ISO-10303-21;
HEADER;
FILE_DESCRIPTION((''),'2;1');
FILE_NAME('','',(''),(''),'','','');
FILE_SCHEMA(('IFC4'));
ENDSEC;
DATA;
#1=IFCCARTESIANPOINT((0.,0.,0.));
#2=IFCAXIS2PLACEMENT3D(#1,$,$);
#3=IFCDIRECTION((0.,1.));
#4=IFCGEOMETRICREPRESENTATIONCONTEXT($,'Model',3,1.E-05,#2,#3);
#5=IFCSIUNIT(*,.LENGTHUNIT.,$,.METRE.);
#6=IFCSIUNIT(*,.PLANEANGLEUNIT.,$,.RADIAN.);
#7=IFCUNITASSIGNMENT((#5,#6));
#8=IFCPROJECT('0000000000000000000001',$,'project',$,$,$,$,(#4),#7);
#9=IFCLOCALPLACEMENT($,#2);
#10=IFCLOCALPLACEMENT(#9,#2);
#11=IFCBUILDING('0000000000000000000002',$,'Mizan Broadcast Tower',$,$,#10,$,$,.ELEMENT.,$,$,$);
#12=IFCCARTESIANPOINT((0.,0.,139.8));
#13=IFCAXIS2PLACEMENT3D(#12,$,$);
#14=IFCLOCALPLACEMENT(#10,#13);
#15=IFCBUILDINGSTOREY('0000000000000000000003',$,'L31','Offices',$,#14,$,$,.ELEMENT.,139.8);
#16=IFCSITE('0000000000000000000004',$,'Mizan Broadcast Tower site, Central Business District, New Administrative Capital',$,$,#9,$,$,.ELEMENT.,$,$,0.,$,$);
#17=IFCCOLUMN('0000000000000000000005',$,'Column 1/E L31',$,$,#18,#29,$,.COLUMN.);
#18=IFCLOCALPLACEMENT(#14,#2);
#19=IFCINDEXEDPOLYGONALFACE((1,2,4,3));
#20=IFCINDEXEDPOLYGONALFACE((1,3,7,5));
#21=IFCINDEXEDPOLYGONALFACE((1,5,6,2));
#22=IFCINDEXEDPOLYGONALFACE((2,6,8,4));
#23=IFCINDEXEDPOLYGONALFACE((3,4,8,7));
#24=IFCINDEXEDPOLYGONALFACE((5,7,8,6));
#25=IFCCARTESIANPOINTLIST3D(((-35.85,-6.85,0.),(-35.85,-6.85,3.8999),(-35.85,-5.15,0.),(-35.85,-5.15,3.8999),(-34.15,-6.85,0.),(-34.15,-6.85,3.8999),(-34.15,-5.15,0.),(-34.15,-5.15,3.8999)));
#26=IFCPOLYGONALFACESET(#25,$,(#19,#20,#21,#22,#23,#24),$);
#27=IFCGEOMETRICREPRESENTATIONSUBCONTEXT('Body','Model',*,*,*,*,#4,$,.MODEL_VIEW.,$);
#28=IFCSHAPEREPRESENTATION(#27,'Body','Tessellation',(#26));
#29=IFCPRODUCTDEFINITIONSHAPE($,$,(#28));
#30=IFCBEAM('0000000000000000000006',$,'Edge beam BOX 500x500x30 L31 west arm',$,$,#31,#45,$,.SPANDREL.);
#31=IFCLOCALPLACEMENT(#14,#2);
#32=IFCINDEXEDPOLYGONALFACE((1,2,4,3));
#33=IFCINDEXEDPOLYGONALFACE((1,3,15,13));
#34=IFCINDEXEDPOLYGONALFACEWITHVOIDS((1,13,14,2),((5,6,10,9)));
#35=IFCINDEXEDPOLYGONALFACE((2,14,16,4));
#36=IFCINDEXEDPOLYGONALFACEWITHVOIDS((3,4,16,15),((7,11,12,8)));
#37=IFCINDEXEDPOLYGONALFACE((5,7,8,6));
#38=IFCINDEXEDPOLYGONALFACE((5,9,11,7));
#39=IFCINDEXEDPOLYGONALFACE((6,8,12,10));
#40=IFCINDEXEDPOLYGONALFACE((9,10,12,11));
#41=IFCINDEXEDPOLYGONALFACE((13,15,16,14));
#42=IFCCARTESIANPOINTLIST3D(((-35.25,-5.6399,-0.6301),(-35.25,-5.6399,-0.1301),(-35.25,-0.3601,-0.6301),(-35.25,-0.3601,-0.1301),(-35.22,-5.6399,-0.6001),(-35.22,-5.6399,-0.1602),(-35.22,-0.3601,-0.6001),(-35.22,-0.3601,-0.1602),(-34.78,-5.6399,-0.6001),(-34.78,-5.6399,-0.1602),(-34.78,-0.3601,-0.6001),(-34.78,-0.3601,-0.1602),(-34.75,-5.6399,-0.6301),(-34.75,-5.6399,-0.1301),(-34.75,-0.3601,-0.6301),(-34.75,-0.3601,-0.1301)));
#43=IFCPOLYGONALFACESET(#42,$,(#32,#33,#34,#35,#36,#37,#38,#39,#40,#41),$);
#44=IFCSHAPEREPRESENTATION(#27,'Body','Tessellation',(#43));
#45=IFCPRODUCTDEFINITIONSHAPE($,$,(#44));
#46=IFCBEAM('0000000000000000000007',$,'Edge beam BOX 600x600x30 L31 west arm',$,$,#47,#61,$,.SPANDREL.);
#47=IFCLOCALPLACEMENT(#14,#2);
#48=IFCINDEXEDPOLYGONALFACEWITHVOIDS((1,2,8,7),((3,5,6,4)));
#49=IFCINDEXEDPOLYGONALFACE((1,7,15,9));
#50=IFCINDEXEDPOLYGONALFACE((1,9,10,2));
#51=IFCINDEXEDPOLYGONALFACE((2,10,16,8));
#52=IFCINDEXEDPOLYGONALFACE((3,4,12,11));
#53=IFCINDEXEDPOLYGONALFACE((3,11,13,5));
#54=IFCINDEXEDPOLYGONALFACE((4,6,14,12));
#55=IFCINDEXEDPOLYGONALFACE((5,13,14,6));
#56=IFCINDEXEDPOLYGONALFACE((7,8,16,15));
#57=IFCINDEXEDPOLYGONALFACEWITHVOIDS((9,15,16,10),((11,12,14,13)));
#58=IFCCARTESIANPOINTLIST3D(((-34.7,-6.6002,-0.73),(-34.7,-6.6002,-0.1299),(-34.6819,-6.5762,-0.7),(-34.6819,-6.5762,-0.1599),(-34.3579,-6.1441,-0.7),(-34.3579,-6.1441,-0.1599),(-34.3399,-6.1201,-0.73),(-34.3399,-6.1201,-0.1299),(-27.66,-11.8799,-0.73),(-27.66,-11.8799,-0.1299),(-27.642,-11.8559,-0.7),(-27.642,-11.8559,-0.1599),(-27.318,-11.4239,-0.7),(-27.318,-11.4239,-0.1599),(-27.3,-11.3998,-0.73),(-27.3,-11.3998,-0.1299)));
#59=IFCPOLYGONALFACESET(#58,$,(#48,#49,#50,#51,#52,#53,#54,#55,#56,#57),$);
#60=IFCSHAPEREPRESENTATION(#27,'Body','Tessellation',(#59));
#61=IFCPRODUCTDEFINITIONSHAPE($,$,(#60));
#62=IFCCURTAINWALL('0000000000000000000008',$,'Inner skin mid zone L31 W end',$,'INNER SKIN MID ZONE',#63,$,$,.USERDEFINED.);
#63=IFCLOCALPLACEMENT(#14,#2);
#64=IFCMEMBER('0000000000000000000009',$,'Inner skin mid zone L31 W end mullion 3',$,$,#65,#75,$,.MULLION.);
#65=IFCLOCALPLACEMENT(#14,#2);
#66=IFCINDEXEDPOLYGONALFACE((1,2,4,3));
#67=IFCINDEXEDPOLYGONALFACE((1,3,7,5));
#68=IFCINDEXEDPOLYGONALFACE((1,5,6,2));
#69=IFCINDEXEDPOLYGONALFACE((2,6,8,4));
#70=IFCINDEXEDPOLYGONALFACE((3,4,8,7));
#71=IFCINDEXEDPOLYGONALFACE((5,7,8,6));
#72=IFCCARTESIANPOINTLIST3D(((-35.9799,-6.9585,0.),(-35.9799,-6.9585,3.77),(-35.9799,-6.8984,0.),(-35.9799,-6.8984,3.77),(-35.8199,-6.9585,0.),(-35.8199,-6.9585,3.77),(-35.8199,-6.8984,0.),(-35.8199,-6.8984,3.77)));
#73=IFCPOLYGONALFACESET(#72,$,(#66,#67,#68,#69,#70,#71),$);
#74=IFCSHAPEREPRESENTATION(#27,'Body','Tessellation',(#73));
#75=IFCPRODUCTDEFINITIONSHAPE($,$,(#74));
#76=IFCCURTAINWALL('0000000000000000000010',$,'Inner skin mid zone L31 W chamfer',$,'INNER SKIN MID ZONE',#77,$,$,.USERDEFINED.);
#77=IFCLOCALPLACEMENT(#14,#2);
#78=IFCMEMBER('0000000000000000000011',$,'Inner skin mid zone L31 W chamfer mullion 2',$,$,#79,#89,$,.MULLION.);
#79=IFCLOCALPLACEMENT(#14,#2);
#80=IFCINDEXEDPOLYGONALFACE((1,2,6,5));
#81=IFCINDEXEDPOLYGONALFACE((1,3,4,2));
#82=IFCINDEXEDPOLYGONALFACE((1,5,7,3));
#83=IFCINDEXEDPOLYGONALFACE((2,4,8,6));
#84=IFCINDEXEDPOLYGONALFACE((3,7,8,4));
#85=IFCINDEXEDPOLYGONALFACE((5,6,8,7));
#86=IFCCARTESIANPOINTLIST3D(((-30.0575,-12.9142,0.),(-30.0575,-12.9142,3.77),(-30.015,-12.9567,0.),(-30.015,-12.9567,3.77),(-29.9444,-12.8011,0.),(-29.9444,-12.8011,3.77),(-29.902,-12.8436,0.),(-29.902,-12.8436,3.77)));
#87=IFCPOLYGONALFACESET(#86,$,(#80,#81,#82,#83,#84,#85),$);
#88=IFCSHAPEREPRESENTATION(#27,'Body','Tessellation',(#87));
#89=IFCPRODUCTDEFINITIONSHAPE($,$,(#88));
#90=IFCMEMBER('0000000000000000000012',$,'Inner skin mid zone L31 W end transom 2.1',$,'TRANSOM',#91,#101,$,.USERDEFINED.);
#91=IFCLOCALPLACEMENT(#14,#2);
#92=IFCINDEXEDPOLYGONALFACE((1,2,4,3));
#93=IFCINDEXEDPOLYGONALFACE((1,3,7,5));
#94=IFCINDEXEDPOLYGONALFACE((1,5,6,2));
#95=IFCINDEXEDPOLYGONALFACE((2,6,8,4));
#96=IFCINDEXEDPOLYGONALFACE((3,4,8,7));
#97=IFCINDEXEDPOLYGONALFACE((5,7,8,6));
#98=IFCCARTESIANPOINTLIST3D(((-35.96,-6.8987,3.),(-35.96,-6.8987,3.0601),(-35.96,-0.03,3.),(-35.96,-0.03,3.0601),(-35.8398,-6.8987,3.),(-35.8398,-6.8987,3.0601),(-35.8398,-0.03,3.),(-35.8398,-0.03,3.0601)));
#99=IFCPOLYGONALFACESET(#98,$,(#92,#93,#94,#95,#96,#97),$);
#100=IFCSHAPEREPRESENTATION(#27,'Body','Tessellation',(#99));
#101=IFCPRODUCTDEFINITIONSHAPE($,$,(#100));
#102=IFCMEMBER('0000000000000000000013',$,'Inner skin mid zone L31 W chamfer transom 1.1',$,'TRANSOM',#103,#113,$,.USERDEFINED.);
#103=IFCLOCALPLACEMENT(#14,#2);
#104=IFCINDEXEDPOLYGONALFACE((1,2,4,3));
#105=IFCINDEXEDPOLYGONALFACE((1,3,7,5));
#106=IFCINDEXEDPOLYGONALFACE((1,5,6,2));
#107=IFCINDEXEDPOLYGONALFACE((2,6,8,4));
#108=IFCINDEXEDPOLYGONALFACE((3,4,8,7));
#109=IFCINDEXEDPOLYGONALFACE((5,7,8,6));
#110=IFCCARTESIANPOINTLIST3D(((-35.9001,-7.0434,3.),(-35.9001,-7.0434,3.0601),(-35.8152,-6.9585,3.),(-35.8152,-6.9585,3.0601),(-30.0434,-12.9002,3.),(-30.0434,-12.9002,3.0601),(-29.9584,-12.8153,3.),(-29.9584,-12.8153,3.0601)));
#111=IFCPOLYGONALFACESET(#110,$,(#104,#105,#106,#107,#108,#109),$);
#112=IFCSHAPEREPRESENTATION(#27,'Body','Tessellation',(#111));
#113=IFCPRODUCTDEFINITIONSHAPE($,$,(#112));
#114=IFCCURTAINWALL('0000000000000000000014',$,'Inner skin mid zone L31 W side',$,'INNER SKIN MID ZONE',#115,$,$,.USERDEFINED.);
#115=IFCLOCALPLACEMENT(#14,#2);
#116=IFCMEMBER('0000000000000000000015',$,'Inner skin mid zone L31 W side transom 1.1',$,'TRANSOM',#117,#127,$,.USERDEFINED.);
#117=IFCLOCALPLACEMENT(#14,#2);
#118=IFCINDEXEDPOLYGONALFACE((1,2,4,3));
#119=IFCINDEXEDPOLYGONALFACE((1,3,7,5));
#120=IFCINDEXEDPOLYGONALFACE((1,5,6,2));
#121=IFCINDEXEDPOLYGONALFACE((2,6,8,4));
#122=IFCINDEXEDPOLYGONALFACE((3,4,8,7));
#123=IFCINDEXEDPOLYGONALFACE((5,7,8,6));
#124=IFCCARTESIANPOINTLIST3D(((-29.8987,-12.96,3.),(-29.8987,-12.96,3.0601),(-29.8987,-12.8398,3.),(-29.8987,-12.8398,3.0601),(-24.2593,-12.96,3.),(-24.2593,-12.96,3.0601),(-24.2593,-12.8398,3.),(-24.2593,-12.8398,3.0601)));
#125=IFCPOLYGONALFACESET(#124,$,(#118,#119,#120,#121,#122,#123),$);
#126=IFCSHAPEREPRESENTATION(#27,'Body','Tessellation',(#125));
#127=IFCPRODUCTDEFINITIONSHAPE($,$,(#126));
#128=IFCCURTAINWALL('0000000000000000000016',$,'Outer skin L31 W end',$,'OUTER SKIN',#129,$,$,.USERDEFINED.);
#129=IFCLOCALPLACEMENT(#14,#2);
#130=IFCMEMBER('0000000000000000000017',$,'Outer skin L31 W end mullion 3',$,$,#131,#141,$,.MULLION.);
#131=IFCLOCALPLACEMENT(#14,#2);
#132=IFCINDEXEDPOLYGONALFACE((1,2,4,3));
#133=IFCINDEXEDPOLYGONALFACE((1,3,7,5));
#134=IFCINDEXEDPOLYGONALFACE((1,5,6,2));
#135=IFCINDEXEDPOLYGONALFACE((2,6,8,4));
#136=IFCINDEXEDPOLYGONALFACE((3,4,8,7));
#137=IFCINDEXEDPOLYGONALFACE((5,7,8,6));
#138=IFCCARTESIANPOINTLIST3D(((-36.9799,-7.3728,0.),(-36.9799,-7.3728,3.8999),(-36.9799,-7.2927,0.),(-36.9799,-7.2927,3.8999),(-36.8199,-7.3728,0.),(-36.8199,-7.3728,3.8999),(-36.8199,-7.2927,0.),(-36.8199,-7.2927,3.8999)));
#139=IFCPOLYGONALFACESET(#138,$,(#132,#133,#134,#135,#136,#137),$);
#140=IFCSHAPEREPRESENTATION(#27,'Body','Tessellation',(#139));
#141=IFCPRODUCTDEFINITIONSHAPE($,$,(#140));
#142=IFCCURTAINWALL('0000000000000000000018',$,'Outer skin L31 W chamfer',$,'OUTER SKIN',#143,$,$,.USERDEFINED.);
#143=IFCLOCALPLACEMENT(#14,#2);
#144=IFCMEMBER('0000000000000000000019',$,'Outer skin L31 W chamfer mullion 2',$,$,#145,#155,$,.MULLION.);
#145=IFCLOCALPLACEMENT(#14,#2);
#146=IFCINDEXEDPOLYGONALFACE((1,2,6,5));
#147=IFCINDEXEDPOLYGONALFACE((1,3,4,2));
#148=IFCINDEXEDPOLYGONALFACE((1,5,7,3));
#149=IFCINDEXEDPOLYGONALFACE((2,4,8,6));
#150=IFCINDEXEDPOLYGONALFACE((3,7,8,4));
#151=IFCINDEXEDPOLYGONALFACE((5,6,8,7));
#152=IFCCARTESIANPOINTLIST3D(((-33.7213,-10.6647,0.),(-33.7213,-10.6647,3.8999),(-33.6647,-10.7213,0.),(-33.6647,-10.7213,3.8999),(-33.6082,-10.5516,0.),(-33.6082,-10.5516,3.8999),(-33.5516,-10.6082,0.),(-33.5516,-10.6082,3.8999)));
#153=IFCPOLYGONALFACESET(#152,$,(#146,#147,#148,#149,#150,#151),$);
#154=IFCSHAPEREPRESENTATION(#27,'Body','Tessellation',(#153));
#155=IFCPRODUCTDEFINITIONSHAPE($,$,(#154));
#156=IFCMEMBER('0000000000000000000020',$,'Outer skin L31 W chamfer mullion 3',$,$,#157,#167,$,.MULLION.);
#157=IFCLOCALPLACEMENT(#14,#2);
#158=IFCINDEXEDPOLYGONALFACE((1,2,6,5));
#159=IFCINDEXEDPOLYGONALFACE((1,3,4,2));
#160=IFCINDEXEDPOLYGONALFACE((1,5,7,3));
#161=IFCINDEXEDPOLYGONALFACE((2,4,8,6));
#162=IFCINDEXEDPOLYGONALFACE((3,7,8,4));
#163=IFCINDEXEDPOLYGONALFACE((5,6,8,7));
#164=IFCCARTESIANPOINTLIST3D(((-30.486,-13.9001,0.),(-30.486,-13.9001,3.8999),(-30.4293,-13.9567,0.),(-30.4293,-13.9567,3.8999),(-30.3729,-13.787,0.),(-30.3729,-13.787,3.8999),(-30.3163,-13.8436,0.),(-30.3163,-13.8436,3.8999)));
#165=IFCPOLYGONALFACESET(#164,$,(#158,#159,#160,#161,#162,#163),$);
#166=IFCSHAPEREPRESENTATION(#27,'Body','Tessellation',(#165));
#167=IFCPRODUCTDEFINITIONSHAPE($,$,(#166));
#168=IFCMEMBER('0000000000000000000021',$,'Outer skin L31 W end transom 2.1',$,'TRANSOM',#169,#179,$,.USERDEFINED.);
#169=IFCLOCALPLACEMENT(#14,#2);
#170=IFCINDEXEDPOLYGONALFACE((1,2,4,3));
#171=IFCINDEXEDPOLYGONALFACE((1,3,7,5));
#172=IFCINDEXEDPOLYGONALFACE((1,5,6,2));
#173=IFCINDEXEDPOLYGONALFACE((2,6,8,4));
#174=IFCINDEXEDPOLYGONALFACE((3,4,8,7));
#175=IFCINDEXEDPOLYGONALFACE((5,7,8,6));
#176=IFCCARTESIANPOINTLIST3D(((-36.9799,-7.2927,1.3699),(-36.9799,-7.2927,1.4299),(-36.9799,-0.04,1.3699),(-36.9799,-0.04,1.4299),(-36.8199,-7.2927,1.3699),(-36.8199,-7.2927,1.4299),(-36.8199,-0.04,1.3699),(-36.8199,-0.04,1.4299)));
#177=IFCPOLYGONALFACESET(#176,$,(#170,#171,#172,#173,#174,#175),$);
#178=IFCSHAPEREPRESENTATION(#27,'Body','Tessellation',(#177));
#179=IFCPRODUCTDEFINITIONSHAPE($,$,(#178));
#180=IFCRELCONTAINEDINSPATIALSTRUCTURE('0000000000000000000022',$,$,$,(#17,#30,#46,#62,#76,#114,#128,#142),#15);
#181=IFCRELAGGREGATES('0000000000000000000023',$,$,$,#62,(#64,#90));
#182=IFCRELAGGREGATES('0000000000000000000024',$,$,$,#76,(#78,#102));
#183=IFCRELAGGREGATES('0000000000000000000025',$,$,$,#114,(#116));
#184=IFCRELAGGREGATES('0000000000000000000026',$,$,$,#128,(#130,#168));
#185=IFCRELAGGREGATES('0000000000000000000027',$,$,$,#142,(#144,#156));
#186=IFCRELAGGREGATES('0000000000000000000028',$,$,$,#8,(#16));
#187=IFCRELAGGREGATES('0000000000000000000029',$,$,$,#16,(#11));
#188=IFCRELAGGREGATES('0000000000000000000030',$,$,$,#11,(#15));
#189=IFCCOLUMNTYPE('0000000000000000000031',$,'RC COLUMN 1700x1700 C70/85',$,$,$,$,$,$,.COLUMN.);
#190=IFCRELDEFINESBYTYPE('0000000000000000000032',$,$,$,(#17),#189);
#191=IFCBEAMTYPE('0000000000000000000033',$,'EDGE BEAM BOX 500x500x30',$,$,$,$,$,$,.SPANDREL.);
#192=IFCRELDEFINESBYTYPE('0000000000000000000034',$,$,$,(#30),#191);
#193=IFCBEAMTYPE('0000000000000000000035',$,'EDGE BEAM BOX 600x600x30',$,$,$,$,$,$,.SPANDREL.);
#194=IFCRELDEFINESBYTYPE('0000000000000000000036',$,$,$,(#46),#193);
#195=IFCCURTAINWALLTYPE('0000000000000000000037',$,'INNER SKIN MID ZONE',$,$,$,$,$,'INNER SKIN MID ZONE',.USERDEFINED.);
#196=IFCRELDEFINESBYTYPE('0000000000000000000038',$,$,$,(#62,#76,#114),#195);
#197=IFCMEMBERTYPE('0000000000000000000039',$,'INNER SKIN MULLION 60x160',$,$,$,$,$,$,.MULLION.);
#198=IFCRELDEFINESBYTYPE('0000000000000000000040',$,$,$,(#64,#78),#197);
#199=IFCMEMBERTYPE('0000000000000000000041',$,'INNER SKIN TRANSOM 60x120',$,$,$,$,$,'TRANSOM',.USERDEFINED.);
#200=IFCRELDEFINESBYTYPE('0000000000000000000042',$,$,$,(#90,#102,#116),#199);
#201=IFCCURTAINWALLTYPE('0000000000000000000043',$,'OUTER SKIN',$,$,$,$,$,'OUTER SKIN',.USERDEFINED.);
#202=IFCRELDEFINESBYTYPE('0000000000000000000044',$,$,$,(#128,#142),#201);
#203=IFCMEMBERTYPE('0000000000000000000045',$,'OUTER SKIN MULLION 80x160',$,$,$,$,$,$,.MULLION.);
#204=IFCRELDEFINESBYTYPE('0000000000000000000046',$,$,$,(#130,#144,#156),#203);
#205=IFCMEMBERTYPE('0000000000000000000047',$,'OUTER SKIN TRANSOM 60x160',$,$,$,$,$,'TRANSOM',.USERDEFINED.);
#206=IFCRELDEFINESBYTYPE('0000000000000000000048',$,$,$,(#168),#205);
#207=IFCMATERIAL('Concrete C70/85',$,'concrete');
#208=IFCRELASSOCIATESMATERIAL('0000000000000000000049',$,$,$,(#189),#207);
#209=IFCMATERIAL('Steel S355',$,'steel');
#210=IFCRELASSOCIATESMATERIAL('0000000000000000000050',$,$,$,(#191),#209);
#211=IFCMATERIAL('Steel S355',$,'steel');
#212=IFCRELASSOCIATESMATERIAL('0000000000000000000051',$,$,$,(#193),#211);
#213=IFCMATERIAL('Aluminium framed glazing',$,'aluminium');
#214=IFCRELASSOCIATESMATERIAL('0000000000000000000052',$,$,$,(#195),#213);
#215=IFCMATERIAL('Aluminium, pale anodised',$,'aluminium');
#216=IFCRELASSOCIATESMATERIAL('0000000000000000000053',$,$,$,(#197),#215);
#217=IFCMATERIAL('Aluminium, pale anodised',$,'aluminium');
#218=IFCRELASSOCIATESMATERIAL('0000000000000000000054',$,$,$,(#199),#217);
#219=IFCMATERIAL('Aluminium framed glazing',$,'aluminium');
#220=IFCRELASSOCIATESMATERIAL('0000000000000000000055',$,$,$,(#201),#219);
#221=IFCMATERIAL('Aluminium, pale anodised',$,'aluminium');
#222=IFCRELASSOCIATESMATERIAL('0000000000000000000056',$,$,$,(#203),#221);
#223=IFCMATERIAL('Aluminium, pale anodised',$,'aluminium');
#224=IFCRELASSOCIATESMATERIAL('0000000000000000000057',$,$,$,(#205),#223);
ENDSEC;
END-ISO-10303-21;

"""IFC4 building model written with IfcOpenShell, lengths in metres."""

from ifc_helpers import new_model, si_unit, direction, frame, origin, origin_2d, place, context, subcontext, project, spatial, rectangle, hollow_rectangle, extrude, material, material_profile, profile_set, type_object, element, aggregate, save


model = new_model("IFC4")

# Units and contexts
model_context = context("Model", 3, precision=1e-05, world=origin(), true_north=direction((0.0, 1.0)))
body_context = subcontext(model_context, "Body", "Model", "MODEL_VIEW")
ifc_project = project(units=[si_unit("LENGTHUNIT", "METRE"), si_unit("PLANEANGLEUNIT", "RADIAN")], contexts=[model_context])

# Site, building, storey
site_placement = place(None, origin())
site = spatial("IfcSite", under=ifc_project, at=site_placement, Name="Mizan Broadcast Tower site, Central Business District, New Administrative Capital", CompositionType="ELEMENT", RefElevation=0.0)
building_placement = place(site_placement, origin())
building = spatial("IfcBuilding", under=site, at=building_placement, Name="Mizan Broadcast Tower", CompositionType="ELEMENT")
storey_placement = place(building_placement, frame((0.0, 0.0, 139.8)))
storey = spatial("IfcBuildingStorey", under=building, at=storey_placement, Name="L31", Description="Offices", CompositionType="ELEMENT", Elevation=139.8)

# Column
ifc_material_1 = material(Name="Concrete C70/85", Category="concrete")
ifc_material_profile_1 = material_profile(ifc_material_1, rectangle(XDim=1.7, YDim=1.7, at=origin_2d()), Name="RC 1700x1700")
ifc_profile_set_1 = profile_set([ifc_material_profile_1], Name="Concrete C70/85")
column_type = type_object("IfcColumnType", Name="RC COLUMN 1700x1700 C70/85", PredefinedType="COLUMN", material=ifc_profile_set_1)
column_placement = place(storey_placement, frame((-35.0, -6.0, 0.0), z_axis=(0.0, 0.0, 1.0), x_axis=(1.0, 0.0, 0.0)))
element("IfcColumn", 1, at=column_placement, inside=storey, type_object=column_type, Name="Column 1/E L31", PredefinedType="COLUMN", context=body_context, shape_type="SweptSolid", body=[
    extrude(rectangle(XDim=1.7, YDim=1.7, at=origin_2d()), origin(), (0.0, 0.0, 1.0), 3.8999),
])

# Beams
ifc_material_2 = material(Name="Steel S355", Category="steel")
ifc_material_profile_2 = material_profile(ifc_material_2, hollow_rectangle(XDim=0.5, YDim=0.5, WallThickness=0.03, at=origin_2d()), Name="BOX 500x500x30")
ifc_profile_set_2 = profile_set([ifc_material_profile_2], Name="Steel S355")
beam_type_1 = type_object("IfcBeamType", Name="EDGE BEAM BOX 500x500x30", PredefinedType="SPANDREL", material=ifc_profile_set_2)
beam_1_placement = place(storey_placement, frame((-35.0, -5.6399, -0.3801), z_axis=(0.0, 1.0, 0.0), x_axis=(-1.0, 0.0, 0.0)))
element("IfcBeam", 2, at=beam_1_placement, inside=storey, type_object=beam_type_1, Name="Edge beam BOX 500x500x30 L31 west arm", PredefinedType="SPANDREL", context=body_context, shape_type="SweptSolid", body=[
    extrude(hollow_rectangle(XDim=0.5, YDim=0.5, WallThickness=0.03, at=origin_2d()), origin(), (0.0, 0.0, 1.0), 5.2798),
])
ifc_material_3 = material(Name="Steel S355", Category="steel")
ifc_material_profile_3 = material_profile(ifc_material_3, hollow_rectangle(XDim=0.6001, YDim=0.6001, WallThickness=0.03, at=origin_2d()), Name="BOX 600x600x30")
ifc_profile_set_3 = profile_set([ifc_material_profile_3], Name="Steel S355")
beam_type_2 = type_object("IfcBeamType", Name="EDGE BEAM BOX 600x600x30", PredefinedType="SPANDREL", material=ifc_profile_set_3)
beam_2_placement = place(storey_placement, frame((-27.48, -11.6399, -0.4299), z_axis=(-0.800013, 0.599982, 0.0), x_axis=(-0.599982, -0.800013, 0.0)))
element("IfcBeam", 3, at=beam_2_placement, inside=storey, type_object=beam_type_2, Name="Edge beam BOX 600x600x30 L31 west arm", PredefinedType="SPANDREL", context=body_context, shape_type="SweptSolid", body=[
    extrude(hollow_rectangle(XDim=0.6001, YDim=0.6001, WallThickness=0.03, at=origin_2d()), origin(), (0.0, 0.0, 1.0), 8.7998),
])

# Curtain walls, members
ifc_material_4 = material(Name="Aluminium framed glazing", Category="aluminium")
curtain_wall_type_1 = type_object("IfcCurtainWallType", Name="INNER SKIN MID ZONE", ElementType="INNER SKIN MID ZONE", PredefinedType="USERDEFINED", material=ifc_material_4)
curtain_wall_1_placement = place(storey_placement, origin())
curtain_wall_1 = element("IfcCurtainWall", 4, at=curtain_wall_1_placement, inside=storey, type_object=curtain_wall_type_1, Name="Inner skin mid zone L31 W end", ObjectType="INNER SKIN MID ZONE", PredefinedType="USERDEFINED")
ifc_material_5 = material(Name="Aluminium, pale anodised", Category="aluminium")
ifc_material_profile_4 = material_profile(ifc_material_5, rectangle(XDim=0.1599, YDim=0.0601, at=origin_2d()), Name="MULLION 160x60")
ifc_profile_set_4 = profile_set([ifc_material_profile_4], Name="Aluminium, pale anodised")
member_type_1 = type_object("IfcMemberType", Name="INNER SKIN MULLION 60x160", PredefinedType="MULLION", material=ifc_profile_set_4)
member_1_placement = place(storey_placement, frame((-35.8999, -6.9285, 0.0), z_axis=(0.0, 0.0, 1.0), x_axis=(1.0, 0.0, 0.0)))
member_1 = element("IfcMember", 5, at=member_1_placement, type_object=member_type_1, Name="Inner skin mid zone L31 W end mullion 3", PredefinedType="MULLION", context=body_context, shape_type="SweptSolid", body=[
    extrude(rectangle(XDim=0.1599, YDim=0.0601, at=origin_2d()), origin(), (0.0, 0.0, 1.0), 3.77),
])
curtain_wall_2_placement = place(storey_placement, origin())
curtain_wall_2 = element("IfcCurtainWall", 6, at=curtain_wall_2_placement, inside=storey, type_object=curtain_wall_type_1, Name="Inner skin mid zone L31 W chamfer", ObjectType="INNER SKIN MID ZONE", PredefinedType="USERDEFINED")
member_2_placement = place(storey_placement, frame((-29.9797, -12.8789, 0.0), z_axis=(0.0, 0.0, 1.0), x_axis=(0.707107, 0.707107, 0.0)))
member_2 = element("IfcMember", 7, at=member_2_placement, type_object=member_type_1, Name="Inner skin mid zone L31 W chamfer mullion 2", PredefinedType="MULLION", context=body_context, shape_type="SweptSolid", body=[
    extrude(rectangle(XDim=0.1599, YDim=0.0601, at=origin_2d()), origin(), (0.0, 0.0, 1.0), 3.77),
])

# Members
ifc_material_6 = material(Name="Aluminium, pale anodised", Category="aluminium")
ifc_material_profile_5 = material_profile(ifc_material_6, rectangle(XDim=0.1201, YDim=0.0601, at=origin_2d()), Name="TRANSOM 120x60")
ifc_profile_set_5 = profile_set([ifc_material_profile_5], Name="Aluminium, pale anodised")
member_type_2 = type_object("IfcMemberType", Name="INNER SKIN TRANSOM 60x120", ElementType="TRANSOM", PredefinedType="USERDEFINED", material=ifc_profile_set_5)
member_3_placement = place(storey_placement, frame((-35.8999, -0.03, 3.03), z_axis=(0.0, -1.0, 0.0), x_axis=(1.0, 0.0, 0.0)))
member_3 = element("IfcMember", 8, at=member_3_placement, type_object=member_type_2, Name="Inner skin mid zone L31 W end transom 2.1", ObjectType="TRANSOM", PredefinedType="USERDEFINED", context=body_context, shape_type="SweptSolid", body=[
    extrude(rectangle(XDim=0.1201, YDim=0.0601, at=origin_2d()), origin(), (0.0, 0.0, 1.0), 6.8687),
])
member_4_placement = place(storey_placement, frame((-35.8577, -7.001, 3.03), z_axis=(0.707107, -0.707107, 0.0), x_axis=(0.707107, 0.707107, 0.0)))
member_4 = element("IfcMember", 9, at=member_4_placement, type_object=member_type_2, Name="Inner skin mid zone L31 W chamfer transom 1.1", ObjectType="TRANSOM", PredefinedType="USERDEFINED", context=body_context, shape_type="SweptSolid", body=[
    extrude(rectangle(XDim=0.1201, YDim=0.0601, at=origin_2d()), origin(), (0.0, 0.0, 1.0), 8.2827),
])

# Curtain walls, members
curtain_wall_3_placement = place(storey_placement, origin())
curtain_wall_3 = element("IfcCurtainWall", 10, at=curtain_wall_3_placement, inside=storey, type_object=curtain_wall_type_1, Name="Inner skin mid zone L31 W side", ObjectType="INNER SKIN MID ZONE", PredefinedType="USERDEFINED")
member_5_placement = place(storey_placement, frame((-29.8987, -12.8999, 3.03), z_axis=(1.0, 0.0, 0.0), x_axis=(0.0, 1.0, 0.0)))
member_5 = element("IfcMember", 11, at=member_5_placement, type_object=member_type_2, Name="Inner skin mid zone L31 W side transom 1.1", ObjectType="TRANSOM", PredefinedType="USERDEFINED", context=body_context, shape_type="SweptSolid", body=[
    extrude(rectangle(XDim=0.1201, YDim=0.0601, at=origin_2d()), origin(), (0.0, 0.0, 1.0), 5.6394),
])
ifc_material_7 = material(Name="Aluminium framed glazing", Category="aluminium")
curtain_wall_type_2 = type_object("IfcCurtainWallType", Name="OUTER SKIN", ElementType="OUTER SKIN", PredefinedType="USERDEFINED", material=ifc_material_7)
curtain_wall_4_placement = place(storey_placement, origin())
curtain_wall_4 = element("IfcCurtainWall", 12, at=curtain_wall_4_placement, inside=storey, type_object=curtain_wall_type_2, Name="Outer skin L31 W end", ObjectType="OUTER SKIN", PredefinedType="USERDEFINED")
ifc_material_8 = material(Name="Aluminium, pale anodised", Category="aluminium")
ifc_material_profile_6 = material_profile(ifc_material_8, rectangle(XDim=0.1599, YDim=0.0801, at=origin_2d()), Name="MULLION 160x80")
ifc_profile_set_6 = profile_set([ifc_material_profile_6], Name="Aluminium, pale anodised")
member_type_3 = type_object("IfcMemberType", Name="OUTER SKIN MULLION 80x160", PredefinedType="MULLION", material=ifc_profile_set_6)
member_6_placement = place(storey_placement, frame((-36.8999, -7.3328, 0.0), z_axis=(0.0, 0.0, 1.0), x_axis=(1.0, 0.0, 0.0)))
member_6 = element("IfcMember", 13, at=member_6_placement, type_object=member_type_3, Name="Outer skin L31 W end mullion 3", PredefinedType="MULLION", context=body_context, shape_type="SweptSolid", body=[
    extrude(rectangle(XDim=0.1599, YDim=0.0801, at=origin_2d()), origin(), (0.0, 0.0, 1.0), 3.8999),
])

# Curtain wall, members
curtain_wall_5_placement = place(storey_placement, origin())
curtain_wall_5 = element("IfcCurtainWall", 14, at=curtain_wall_5_placement, inside=storey, type_object=curtain_wall_type_2, Name="Outer skin L31 W chamfer", ObjectType="OUTER SKIN", PredefinedType="USERDEFINED")
member_7_placement = place(storey_placement, frame((-33.6365, -10.6365, 0.0), z_axis=(0.0, 0.0, 1.0), x_axis=(0.707107, 0.707107, 0.0)))
member_7 = element("IfcMember", 15, at=member_7_placement, type_object=member_type_3, Name="Outer skin L31 W chamfer mullion 2", PredefinedType="MULLION", context=body_context, shape_type="SweptSolid", body=[
    extrude(rectangle(XDim=0.1599, YDim=0.0801, at=origin_2d()), origin(), (0.0, 0.0, 1.0), 3.8999),
])
member_8_placement = place(storey_placement, frame((-30.4011, -13.8718, 0.0), z_axis=(0.0, 0.0, 1.0), x_axis=(0.707107, 0.707107, 0.0)))
member_8 = element("IfcMember", 16, at=member_8_placement, type_object=member_type_3, Name="Outer skin L31 W chamfer mullion 3", PredefinedType="MULLION", context=body_context, shape_type="SweptSolid", body=[
    extrude(rectangle(XDim=0.1599, YDim=0.0801, at=origin_2d()), origin(), (0.0, 0.0, 1.0), 3.8999),
])

# Member
ifc_material_9 = material(Name="Aluminium, pale anodised", Category="aluminium")
ifc_material_profile_7 = material_profile(ifc_material_9, rectangle(XDim=0.1599, YDim=0.0601, at=origin_2d()), Name="TRANSOM 160x60")
ifc_profile_set_7 = profile_set([ifc_material_profile_7], Name="Aluminium, pale anodised")
member_type_4 = type_object("IfcMemberType", Name="OUTER SKIN TRANSOM 60x160", ElementType="TRANSOM", PredefinedType="USERDEFINED", material=ifc_profile_set_7)
member_9_placement = place(storey_placement, frame((-36.8999, -0.04, 1.3999), z_axis=(0.0, -1.0, 0.0), x_axis=(1.0, 0.0, 0.0)))
member_9 = element("IfcMember", 17, at=member_9_placement, type_object=member_type_4, Name="Outer skin L31 W end transom 2.1", ObjectType="TRANSOM", PredefinedType="USERDEFINED", context=body_context, shape_type="SweptSolid", body=[
    extrude(rectangle(XDim=0.1599, YDim=0.0601, at=origin_2d()), origin(), (0.0, 0.0, 1.0), 7.2527),
])

aggregate(curtain_wall_1, [member_1, member_3])
aggregate(curtain_wall_2, [member_2, member_4])
aggregate(curtain_wall_3, [member_5])
aggregate(curtain_wall_4, [member_6, member_9])
aggregate(curtain_wall_5, [member_7, member_8])

save(model, "model.ifc")
